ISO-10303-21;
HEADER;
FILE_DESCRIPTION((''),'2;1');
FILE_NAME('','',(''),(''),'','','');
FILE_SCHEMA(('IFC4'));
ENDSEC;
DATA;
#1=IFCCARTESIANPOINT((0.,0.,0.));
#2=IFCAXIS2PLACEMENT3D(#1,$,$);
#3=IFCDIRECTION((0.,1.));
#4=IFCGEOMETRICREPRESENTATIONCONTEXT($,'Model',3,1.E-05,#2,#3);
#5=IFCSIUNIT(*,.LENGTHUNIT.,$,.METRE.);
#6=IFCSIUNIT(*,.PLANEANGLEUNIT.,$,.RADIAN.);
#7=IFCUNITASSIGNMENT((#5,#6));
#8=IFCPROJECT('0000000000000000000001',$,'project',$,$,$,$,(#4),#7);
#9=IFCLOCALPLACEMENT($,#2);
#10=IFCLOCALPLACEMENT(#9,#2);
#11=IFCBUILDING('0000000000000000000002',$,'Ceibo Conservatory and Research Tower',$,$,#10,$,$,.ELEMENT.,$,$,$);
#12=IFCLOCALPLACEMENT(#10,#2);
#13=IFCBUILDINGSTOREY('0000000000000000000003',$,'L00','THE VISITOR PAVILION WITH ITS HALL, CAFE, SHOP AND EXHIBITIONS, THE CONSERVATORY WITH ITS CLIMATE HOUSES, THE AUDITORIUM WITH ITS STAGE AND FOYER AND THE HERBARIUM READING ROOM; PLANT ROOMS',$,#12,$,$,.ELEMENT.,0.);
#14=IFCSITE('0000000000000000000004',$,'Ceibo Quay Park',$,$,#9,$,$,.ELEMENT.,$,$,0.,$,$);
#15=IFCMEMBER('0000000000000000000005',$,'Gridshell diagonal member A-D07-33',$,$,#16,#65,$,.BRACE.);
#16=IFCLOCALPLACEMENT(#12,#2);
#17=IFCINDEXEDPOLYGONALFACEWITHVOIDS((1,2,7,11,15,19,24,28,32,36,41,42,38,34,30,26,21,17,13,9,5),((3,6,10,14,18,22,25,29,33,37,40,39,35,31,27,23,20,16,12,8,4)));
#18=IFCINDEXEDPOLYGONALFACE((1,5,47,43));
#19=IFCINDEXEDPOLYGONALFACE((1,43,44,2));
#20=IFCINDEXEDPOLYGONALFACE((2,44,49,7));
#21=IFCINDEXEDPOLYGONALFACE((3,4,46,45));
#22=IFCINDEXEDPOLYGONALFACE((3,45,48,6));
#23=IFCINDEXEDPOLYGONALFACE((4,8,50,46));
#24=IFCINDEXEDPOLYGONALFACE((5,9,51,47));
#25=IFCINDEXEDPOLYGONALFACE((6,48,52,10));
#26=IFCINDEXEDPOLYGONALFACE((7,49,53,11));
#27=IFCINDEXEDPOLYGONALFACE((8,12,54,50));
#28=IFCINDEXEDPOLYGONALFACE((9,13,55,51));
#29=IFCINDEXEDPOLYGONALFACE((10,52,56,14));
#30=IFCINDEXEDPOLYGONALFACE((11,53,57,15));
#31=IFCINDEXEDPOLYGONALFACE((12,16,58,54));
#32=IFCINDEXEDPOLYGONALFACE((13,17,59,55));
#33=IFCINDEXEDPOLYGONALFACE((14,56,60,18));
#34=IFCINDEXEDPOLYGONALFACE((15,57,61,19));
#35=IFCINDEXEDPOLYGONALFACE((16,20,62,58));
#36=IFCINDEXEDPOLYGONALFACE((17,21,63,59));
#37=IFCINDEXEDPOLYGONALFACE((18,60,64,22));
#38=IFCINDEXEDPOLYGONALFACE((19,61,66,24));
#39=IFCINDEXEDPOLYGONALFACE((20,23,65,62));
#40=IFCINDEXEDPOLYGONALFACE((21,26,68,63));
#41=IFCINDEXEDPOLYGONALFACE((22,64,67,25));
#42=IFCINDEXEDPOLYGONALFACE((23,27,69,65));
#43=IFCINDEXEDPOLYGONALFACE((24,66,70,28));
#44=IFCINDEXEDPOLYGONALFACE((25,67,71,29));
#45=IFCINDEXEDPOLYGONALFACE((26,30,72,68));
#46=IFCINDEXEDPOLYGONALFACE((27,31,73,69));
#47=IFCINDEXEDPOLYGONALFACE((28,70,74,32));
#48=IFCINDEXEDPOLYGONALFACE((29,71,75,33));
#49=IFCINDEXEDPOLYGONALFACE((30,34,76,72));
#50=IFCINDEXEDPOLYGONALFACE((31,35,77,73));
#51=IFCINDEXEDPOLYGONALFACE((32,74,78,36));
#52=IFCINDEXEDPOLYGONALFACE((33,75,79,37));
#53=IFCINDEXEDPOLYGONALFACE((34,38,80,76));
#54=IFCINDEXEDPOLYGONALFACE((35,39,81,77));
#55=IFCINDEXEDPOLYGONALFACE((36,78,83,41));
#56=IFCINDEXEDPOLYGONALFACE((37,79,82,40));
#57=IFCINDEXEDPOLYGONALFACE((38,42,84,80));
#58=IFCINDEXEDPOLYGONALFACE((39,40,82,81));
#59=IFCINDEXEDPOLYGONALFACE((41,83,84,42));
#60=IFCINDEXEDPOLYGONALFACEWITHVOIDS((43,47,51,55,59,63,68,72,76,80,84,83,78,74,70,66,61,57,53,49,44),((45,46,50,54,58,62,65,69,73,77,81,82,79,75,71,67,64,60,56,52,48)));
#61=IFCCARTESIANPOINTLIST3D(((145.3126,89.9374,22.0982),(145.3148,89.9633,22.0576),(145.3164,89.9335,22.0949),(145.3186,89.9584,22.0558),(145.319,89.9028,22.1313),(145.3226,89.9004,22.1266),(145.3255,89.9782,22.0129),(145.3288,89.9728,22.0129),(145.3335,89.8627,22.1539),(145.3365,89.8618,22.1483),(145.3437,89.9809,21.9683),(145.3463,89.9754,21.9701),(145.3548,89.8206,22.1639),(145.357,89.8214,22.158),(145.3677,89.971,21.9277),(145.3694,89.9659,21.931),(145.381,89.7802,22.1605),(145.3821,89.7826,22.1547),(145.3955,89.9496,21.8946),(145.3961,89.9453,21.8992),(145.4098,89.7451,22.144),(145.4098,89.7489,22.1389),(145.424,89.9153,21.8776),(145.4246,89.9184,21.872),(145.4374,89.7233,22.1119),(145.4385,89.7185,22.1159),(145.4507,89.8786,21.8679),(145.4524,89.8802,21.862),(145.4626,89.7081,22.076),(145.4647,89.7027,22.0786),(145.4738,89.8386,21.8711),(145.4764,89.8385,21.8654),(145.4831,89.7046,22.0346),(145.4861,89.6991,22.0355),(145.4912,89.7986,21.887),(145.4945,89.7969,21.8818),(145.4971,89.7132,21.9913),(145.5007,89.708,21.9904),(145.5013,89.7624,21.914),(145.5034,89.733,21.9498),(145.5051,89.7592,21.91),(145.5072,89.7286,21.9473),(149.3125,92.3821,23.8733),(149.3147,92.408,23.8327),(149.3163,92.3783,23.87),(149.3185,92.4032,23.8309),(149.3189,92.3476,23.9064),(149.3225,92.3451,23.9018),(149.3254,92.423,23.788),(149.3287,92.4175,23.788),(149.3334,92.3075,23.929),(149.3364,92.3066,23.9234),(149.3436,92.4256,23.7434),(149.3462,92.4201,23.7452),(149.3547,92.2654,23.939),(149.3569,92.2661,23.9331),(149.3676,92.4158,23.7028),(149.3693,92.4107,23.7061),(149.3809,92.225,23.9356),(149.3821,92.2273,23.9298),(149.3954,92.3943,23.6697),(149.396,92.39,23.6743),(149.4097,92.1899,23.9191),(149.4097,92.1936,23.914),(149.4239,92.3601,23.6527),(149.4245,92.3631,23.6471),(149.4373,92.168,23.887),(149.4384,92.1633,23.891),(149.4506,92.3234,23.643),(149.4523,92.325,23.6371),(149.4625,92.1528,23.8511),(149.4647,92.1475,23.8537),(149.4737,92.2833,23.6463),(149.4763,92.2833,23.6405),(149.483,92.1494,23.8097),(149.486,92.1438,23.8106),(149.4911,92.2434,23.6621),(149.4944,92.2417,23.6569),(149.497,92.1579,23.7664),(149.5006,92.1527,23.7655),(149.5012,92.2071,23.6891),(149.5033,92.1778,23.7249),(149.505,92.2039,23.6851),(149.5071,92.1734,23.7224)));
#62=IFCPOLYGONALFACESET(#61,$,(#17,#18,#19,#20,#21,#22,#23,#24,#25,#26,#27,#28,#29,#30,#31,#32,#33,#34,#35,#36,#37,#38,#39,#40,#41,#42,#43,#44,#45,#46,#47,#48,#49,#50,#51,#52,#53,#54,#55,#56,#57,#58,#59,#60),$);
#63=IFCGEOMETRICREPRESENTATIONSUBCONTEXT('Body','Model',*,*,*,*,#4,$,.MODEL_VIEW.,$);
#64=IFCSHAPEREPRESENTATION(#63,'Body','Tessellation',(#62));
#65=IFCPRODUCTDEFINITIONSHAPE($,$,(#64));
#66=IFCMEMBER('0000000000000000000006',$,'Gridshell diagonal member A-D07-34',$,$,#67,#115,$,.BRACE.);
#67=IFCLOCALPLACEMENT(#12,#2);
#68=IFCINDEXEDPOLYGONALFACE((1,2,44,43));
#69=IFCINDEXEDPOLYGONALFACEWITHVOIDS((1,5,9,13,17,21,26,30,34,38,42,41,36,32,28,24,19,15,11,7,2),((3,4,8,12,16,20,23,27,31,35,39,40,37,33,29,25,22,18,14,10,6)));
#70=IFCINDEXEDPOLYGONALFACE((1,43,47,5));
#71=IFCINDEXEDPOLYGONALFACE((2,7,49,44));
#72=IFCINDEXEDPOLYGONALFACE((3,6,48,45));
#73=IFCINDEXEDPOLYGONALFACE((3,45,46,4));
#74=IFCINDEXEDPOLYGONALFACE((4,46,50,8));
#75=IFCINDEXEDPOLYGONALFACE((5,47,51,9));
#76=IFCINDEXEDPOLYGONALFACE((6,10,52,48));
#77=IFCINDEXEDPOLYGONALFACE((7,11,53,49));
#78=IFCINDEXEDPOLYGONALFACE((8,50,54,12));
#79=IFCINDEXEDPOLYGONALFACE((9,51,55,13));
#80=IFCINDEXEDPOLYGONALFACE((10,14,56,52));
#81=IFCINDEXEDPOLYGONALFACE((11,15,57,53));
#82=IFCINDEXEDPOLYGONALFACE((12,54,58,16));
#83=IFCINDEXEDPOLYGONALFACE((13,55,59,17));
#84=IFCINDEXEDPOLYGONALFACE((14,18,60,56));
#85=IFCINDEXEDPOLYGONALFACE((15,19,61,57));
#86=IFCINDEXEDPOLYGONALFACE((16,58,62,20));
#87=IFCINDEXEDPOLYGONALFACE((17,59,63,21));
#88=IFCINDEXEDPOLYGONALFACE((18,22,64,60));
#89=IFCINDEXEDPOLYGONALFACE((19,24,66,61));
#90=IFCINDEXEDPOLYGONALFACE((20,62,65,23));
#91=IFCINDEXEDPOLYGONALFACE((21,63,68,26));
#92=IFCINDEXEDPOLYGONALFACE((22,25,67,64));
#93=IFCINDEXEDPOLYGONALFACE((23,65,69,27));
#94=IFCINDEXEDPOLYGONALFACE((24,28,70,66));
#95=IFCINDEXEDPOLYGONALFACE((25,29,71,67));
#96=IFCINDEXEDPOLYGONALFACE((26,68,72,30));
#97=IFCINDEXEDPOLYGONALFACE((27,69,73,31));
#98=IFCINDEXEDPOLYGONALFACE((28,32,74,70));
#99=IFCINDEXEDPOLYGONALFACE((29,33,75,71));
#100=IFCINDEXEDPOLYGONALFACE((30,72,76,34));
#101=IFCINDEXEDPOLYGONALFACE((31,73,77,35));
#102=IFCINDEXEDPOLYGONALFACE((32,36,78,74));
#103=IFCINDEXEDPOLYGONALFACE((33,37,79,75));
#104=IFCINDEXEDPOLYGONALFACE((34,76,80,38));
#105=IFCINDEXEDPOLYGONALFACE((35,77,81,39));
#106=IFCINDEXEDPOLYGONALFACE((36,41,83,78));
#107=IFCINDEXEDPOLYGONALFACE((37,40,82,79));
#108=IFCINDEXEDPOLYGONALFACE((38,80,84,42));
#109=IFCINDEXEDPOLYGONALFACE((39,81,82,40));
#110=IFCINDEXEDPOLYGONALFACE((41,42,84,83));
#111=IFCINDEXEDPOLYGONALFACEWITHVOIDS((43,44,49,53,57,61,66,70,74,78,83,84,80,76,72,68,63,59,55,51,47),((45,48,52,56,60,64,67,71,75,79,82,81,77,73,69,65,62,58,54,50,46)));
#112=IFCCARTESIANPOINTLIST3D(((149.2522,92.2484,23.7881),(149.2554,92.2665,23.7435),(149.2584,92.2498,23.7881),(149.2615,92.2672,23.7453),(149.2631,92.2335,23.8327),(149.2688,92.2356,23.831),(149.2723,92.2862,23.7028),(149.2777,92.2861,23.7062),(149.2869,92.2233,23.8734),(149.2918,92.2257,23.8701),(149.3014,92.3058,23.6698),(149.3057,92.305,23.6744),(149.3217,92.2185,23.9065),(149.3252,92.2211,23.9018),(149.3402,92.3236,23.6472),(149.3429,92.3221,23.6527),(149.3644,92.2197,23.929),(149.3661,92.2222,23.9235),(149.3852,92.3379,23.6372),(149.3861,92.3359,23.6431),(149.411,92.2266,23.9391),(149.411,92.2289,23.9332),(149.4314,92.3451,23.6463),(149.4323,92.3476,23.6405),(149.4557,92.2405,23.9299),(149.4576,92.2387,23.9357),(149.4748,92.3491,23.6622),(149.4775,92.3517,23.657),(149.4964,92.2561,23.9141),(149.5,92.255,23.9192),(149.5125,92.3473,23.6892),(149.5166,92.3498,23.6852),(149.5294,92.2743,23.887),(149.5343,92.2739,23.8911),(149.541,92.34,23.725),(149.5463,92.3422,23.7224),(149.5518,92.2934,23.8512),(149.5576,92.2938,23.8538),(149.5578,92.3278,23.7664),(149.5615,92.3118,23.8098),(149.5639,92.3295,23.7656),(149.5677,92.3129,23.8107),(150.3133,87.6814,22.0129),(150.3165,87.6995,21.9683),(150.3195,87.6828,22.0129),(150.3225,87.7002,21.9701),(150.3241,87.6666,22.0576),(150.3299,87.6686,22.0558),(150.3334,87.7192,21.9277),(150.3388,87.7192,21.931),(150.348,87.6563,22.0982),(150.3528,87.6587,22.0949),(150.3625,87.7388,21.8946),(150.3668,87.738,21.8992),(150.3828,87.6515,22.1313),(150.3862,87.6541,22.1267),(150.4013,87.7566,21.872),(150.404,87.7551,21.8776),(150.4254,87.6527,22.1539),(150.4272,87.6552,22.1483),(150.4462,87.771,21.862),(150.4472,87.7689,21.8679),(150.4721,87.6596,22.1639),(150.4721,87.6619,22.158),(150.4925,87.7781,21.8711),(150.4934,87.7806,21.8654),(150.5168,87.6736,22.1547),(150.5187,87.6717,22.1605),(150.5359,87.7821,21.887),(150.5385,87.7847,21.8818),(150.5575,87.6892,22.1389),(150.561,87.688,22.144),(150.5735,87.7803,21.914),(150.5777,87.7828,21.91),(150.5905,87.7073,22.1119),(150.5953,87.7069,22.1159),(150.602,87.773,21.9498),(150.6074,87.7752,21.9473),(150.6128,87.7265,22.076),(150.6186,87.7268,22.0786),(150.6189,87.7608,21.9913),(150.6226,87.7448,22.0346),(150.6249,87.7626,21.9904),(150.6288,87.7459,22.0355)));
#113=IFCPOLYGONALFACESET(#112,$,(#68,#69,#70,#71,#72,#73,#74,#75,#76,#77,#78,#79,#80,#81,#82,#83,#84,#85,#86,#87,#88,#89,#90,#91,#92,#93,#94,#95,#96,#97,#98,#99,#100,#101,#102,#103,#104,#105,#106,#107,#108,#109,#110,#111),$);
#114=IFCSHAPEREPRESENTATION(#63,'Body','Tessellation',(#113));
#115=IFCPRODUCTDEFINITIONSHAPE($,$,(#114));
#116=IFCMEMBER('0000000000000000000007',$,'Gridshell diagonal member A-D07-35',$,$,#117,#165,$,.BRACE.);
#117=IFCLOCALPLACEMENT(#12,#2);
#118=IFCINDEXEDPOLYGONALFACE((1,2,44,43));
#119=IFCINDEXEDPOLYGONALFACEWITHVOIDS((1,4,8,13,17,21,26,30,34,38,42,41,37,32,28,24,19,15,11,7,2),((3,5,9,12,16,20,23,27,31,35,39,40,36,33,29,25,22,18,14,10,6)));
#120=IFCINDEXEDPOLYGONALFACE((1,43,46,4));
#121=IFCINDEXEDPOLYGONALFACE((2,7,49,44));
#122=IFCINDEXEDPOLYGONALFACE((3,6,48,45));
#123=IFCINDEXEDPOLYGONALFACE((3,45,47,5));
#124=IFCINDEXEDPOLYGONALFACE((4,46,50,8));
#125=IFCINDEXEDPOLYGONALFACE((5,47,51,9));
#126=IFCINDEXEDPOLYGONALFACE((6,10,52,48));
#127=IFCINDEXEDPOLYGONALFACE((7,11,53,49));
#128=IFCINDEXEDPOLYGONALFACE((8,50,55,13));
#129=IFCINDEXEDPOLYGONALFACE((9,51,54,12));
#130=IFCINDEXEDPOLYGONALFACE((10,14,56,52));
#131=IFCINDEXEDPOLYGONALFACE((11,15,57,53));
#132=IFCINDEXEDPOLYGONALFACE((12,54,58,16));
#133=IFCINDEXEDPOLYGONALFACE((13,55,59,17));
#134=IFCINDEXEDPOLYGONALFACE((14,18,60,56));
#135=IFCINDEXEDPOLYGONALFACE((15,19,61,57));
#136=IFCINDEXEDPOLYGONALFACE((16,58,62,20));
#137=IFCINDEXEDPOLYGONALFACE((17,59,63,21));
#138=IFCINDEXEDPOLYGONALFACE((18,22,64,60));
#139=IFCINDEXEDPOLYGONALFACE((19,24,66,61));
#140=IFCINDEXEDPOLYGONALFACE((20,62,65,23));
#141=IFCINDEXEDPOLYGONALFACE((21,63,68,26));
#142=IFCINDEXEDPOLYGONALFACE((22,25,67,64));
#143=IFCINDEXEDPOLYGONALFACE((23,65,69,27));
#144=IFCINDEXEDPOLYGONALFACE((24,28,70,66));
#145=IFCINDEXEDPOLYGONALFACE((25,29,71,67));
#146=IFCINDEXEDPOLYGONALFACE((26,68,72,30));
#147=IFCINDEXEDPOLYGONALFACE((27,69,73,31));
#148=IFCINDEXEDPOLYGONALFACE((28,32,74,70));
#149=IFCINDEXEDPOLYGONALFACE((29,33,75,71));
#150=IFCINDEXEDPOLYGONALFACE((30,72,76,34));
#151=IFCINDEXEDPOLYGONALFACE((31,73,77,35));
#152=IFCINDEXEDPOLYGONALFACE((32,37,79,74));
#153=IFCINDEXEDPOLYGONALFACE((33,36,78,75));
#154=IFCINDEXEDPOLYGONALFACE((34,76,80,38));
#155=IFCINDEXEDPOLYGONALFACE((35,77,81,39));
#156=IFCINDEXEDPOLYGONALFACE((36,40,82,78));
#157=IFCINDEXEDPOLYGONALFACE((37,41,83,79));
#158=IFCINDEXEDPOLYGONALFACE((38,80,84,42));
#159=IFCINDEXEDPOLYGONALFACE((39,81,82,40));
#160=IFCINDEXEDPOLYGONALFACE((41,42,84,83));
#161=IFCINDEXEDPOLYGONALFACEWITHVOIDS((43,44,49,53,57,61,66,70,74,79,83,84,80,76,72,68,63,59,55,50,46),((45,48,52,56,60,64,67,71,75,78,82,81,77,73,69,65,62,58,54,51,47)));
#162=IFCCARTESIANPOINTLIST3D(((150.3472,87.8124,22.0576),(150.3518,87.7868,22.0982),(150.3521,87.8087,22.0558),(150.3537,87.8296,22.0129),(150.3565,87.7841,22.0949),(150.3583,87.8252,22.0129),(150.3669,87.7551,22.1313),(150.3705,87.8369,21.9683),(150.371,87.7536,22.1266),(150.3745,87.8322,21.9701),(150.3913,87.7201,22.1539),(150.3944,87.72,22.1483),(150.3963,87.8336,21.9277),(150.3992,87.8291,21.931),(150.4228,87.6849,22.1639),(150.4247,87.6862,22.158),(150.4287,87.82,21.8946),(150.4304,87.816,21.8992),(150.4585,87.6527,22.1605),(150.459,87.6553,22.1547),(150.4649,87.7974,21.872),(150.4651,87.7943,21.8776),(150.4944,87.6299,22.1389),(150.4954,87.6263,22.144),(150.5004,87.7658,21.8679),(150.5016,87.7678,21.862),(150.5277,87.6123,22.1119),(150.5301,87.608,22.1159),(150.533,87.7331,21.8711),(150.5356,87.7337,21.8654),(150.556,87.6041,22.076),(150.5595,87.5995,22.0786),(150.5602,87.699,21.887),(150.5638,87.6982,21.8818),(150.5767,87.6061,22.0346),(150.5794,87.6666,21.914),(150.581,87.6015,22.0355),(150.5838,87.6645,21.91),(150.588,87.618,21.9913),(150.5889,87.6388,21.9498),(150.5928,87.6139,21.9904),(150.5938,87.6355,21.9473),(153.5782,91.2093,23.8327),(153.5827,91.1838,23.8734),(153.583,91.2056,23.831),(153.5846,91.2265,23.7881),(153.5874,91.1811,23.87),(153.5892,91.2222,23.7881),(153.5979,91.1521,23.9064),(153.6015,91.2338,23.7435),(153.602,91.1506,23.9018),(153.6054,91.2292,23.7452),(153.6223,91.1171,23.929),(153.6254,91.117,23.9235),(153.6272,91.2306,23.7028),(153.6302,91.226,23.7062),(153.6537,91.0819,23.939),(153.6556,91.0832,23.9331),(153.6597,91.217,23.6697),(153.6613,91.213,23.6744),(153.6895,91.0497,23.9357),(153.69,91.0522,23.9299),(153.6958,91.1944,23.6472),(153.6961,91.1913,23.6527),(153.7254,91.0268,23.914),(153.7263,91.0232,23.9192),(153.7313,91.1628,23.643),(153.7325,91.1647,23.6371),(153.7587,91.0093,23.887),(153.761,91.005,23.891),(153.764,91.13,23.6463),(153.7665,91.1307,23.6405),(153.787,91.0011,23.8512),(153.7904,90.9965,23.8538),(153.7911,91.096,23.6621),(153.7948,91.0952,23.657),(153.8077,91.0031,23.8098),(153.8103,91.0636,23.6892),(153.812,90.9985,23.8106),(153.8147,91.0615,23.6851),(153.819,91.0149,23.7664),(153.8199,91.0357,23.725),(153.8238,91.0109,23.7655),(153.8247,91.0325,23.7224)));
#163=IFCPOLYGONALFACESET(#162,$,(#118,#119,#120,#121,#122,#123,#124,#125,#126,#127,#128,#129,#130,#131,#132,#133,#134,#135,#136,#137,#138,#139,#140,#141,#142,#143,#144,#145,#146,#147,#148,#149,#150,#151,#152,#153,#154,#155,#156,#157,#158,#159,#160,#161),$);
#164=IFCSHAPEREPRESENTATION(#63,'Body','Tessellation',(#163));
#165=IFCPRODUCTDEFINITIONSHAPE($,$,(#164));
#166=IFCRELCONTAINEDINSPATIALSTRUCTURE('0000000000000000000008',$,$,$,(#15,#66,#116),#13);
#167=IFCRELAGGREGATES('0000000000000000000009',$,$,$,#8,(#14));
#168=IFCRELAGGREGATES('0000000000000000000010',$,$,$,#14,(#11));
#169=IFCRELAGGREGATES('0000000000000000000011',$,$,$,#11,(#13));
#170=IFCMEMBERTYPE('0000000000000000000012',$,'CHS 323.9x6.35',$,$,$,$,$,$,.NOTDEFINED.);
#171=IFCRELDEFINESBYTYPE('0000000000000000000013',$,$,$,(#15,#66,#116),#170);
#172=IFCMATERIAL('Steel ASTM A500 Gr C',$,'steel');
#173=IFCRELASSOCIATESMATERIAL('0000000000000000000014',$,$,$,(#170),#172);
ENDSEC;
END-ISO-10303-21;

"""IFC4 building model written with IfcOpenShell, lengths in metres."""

from ifc_helpers import new_model, si_unit, direction, frame, origin, origin_2d, place, context, subcontext, project, spatial, hollow_circle, extrude, material, material_profile, profile_set, type_object, element, save


model = new_model("IFC4")

# Units and contexts
model_context = context("Model", 3, precision=1e-05, world=origin(), true_north=direction((0.0, 1.0)))
body_context = subcontext(model_context, "Body", "Model", "MODEL_VIEW")
ifc_project = project(units=[si_unit("LENGTHUNIT", "METRE"), si_unit("PLANEANGLEUNIT", "RADIAN")], contexts=[model_context])

# Site, building, storey
site_placement = place(None, origin())
site = spatial("IfcSite", under=ifc_project, at=site_placement, Name="Ceibo Quay Park", CompositionType="ELEMENT", RefElevation=0.0)
building_placement = place(site_placement, origin())
building = spatial("IfcBuilding", under=site, at=building_placement, Name="Ceibo Conservatory and Research Tower", CompositionType="ELEMENT")
storey_placement = place(building_placement, origin())
storey = spatial("IfcBuildingStorey", under=building, at=storey_placement, Name="L00", Description="THE VISITOR PAVILION WITH ITS HALL, CAFE, SHOP AND EXHIBITIONS, THE CONSERVATORY WITH ITS CLIMATE HOUSES, THE AUDITORIUM WITH ITS STAGE AND FOYER AND THE HERBARIUM READING ROOM; PLANT ROOMS", CompositionType="ELEMENT", Elevation=0.0)

# Members
ifc_material_1 = material(Name="Steel ASTM A500 Gr C", Category="steel")
ifc_material_profile_1 = material_profile(ifc_material_1, hollow_circle(Radius=0.1619, WallThickness=0.0063, at=origin_2d()), Name="CHS 323.9x6.35")
ifc_profile_set_1 = profile_set([ifc_material_profile_1], Name="Steel ASTM A500 Gr C")
member_type_1 = type_object("IfcMemberType", Name="CHS 323.9x6.35", PredefinedType="NOTDEFINED", material=ifc_profile_set_1)
member_1_placement = place(storey_placement, frame((145.4099, 89.8401, 22.0129), z_axis=(0.797955, 0.487715, 0.354122), x_axis=(-0.521509, 0.853246, 0.0)))
element("IfcMember", 1, at=member_1_placement, inside=storey, type_object=member_type_1, Name="Gridshell diagonal member A-D07-33", PredefinedType="BRACE", context=body_context, shape_type="SweptSolid", body=[
    extrude(hollow_circle(Radius=0.1619, WallThickness=0.0063, at=origin_2d()), origin(), (0.0, 0.0, 1.0), 5.0127),
])
member_2_placement = place(storey_placement, frame((150.4709, 87.718, 22.0129), z_axis=(-0.211643, 0.910951, 0.354085), x_axis=(-0.974057, -0.226304, 0.0)))
element("IfcMember", 2, at=member_2_placement, inside=storey, type_object=member_type_1, Name="Gridshell diagonal member A-D07-34", PredefinedType="BRACE", context=body_context, shape_type="SweptSolid", body=[
    extrude(hollow_circle(Radius=0.1619, WallThickness=0.0063, at=origin_2d()), origin(), (0.0, 0.0, 1.0), 5.0134),
])
member_3_placement = place(storey_placement, frame((150.4709, 87.718, 22.0129), z_axis=(0.644522, 0.67764, 0.354112), x_axis=(-0.724591, 0.689179, 0.0)))
element("IfcMember", 3, at=member_3_placement, inside=storey, type_object=member_type_1, Name="Gridshell diagonal member A-D07-35", PredefinedType="BRACE", context=body_context, shape_type="SweptSolid", body=[
    extrude(hollow_circle(Radius=0.1619, WallThickness=0.0063, at=origin_2d()), origin(), (0.0, 0.0, 1.0), 5.0129),
])

save(model, "model.ifc")
